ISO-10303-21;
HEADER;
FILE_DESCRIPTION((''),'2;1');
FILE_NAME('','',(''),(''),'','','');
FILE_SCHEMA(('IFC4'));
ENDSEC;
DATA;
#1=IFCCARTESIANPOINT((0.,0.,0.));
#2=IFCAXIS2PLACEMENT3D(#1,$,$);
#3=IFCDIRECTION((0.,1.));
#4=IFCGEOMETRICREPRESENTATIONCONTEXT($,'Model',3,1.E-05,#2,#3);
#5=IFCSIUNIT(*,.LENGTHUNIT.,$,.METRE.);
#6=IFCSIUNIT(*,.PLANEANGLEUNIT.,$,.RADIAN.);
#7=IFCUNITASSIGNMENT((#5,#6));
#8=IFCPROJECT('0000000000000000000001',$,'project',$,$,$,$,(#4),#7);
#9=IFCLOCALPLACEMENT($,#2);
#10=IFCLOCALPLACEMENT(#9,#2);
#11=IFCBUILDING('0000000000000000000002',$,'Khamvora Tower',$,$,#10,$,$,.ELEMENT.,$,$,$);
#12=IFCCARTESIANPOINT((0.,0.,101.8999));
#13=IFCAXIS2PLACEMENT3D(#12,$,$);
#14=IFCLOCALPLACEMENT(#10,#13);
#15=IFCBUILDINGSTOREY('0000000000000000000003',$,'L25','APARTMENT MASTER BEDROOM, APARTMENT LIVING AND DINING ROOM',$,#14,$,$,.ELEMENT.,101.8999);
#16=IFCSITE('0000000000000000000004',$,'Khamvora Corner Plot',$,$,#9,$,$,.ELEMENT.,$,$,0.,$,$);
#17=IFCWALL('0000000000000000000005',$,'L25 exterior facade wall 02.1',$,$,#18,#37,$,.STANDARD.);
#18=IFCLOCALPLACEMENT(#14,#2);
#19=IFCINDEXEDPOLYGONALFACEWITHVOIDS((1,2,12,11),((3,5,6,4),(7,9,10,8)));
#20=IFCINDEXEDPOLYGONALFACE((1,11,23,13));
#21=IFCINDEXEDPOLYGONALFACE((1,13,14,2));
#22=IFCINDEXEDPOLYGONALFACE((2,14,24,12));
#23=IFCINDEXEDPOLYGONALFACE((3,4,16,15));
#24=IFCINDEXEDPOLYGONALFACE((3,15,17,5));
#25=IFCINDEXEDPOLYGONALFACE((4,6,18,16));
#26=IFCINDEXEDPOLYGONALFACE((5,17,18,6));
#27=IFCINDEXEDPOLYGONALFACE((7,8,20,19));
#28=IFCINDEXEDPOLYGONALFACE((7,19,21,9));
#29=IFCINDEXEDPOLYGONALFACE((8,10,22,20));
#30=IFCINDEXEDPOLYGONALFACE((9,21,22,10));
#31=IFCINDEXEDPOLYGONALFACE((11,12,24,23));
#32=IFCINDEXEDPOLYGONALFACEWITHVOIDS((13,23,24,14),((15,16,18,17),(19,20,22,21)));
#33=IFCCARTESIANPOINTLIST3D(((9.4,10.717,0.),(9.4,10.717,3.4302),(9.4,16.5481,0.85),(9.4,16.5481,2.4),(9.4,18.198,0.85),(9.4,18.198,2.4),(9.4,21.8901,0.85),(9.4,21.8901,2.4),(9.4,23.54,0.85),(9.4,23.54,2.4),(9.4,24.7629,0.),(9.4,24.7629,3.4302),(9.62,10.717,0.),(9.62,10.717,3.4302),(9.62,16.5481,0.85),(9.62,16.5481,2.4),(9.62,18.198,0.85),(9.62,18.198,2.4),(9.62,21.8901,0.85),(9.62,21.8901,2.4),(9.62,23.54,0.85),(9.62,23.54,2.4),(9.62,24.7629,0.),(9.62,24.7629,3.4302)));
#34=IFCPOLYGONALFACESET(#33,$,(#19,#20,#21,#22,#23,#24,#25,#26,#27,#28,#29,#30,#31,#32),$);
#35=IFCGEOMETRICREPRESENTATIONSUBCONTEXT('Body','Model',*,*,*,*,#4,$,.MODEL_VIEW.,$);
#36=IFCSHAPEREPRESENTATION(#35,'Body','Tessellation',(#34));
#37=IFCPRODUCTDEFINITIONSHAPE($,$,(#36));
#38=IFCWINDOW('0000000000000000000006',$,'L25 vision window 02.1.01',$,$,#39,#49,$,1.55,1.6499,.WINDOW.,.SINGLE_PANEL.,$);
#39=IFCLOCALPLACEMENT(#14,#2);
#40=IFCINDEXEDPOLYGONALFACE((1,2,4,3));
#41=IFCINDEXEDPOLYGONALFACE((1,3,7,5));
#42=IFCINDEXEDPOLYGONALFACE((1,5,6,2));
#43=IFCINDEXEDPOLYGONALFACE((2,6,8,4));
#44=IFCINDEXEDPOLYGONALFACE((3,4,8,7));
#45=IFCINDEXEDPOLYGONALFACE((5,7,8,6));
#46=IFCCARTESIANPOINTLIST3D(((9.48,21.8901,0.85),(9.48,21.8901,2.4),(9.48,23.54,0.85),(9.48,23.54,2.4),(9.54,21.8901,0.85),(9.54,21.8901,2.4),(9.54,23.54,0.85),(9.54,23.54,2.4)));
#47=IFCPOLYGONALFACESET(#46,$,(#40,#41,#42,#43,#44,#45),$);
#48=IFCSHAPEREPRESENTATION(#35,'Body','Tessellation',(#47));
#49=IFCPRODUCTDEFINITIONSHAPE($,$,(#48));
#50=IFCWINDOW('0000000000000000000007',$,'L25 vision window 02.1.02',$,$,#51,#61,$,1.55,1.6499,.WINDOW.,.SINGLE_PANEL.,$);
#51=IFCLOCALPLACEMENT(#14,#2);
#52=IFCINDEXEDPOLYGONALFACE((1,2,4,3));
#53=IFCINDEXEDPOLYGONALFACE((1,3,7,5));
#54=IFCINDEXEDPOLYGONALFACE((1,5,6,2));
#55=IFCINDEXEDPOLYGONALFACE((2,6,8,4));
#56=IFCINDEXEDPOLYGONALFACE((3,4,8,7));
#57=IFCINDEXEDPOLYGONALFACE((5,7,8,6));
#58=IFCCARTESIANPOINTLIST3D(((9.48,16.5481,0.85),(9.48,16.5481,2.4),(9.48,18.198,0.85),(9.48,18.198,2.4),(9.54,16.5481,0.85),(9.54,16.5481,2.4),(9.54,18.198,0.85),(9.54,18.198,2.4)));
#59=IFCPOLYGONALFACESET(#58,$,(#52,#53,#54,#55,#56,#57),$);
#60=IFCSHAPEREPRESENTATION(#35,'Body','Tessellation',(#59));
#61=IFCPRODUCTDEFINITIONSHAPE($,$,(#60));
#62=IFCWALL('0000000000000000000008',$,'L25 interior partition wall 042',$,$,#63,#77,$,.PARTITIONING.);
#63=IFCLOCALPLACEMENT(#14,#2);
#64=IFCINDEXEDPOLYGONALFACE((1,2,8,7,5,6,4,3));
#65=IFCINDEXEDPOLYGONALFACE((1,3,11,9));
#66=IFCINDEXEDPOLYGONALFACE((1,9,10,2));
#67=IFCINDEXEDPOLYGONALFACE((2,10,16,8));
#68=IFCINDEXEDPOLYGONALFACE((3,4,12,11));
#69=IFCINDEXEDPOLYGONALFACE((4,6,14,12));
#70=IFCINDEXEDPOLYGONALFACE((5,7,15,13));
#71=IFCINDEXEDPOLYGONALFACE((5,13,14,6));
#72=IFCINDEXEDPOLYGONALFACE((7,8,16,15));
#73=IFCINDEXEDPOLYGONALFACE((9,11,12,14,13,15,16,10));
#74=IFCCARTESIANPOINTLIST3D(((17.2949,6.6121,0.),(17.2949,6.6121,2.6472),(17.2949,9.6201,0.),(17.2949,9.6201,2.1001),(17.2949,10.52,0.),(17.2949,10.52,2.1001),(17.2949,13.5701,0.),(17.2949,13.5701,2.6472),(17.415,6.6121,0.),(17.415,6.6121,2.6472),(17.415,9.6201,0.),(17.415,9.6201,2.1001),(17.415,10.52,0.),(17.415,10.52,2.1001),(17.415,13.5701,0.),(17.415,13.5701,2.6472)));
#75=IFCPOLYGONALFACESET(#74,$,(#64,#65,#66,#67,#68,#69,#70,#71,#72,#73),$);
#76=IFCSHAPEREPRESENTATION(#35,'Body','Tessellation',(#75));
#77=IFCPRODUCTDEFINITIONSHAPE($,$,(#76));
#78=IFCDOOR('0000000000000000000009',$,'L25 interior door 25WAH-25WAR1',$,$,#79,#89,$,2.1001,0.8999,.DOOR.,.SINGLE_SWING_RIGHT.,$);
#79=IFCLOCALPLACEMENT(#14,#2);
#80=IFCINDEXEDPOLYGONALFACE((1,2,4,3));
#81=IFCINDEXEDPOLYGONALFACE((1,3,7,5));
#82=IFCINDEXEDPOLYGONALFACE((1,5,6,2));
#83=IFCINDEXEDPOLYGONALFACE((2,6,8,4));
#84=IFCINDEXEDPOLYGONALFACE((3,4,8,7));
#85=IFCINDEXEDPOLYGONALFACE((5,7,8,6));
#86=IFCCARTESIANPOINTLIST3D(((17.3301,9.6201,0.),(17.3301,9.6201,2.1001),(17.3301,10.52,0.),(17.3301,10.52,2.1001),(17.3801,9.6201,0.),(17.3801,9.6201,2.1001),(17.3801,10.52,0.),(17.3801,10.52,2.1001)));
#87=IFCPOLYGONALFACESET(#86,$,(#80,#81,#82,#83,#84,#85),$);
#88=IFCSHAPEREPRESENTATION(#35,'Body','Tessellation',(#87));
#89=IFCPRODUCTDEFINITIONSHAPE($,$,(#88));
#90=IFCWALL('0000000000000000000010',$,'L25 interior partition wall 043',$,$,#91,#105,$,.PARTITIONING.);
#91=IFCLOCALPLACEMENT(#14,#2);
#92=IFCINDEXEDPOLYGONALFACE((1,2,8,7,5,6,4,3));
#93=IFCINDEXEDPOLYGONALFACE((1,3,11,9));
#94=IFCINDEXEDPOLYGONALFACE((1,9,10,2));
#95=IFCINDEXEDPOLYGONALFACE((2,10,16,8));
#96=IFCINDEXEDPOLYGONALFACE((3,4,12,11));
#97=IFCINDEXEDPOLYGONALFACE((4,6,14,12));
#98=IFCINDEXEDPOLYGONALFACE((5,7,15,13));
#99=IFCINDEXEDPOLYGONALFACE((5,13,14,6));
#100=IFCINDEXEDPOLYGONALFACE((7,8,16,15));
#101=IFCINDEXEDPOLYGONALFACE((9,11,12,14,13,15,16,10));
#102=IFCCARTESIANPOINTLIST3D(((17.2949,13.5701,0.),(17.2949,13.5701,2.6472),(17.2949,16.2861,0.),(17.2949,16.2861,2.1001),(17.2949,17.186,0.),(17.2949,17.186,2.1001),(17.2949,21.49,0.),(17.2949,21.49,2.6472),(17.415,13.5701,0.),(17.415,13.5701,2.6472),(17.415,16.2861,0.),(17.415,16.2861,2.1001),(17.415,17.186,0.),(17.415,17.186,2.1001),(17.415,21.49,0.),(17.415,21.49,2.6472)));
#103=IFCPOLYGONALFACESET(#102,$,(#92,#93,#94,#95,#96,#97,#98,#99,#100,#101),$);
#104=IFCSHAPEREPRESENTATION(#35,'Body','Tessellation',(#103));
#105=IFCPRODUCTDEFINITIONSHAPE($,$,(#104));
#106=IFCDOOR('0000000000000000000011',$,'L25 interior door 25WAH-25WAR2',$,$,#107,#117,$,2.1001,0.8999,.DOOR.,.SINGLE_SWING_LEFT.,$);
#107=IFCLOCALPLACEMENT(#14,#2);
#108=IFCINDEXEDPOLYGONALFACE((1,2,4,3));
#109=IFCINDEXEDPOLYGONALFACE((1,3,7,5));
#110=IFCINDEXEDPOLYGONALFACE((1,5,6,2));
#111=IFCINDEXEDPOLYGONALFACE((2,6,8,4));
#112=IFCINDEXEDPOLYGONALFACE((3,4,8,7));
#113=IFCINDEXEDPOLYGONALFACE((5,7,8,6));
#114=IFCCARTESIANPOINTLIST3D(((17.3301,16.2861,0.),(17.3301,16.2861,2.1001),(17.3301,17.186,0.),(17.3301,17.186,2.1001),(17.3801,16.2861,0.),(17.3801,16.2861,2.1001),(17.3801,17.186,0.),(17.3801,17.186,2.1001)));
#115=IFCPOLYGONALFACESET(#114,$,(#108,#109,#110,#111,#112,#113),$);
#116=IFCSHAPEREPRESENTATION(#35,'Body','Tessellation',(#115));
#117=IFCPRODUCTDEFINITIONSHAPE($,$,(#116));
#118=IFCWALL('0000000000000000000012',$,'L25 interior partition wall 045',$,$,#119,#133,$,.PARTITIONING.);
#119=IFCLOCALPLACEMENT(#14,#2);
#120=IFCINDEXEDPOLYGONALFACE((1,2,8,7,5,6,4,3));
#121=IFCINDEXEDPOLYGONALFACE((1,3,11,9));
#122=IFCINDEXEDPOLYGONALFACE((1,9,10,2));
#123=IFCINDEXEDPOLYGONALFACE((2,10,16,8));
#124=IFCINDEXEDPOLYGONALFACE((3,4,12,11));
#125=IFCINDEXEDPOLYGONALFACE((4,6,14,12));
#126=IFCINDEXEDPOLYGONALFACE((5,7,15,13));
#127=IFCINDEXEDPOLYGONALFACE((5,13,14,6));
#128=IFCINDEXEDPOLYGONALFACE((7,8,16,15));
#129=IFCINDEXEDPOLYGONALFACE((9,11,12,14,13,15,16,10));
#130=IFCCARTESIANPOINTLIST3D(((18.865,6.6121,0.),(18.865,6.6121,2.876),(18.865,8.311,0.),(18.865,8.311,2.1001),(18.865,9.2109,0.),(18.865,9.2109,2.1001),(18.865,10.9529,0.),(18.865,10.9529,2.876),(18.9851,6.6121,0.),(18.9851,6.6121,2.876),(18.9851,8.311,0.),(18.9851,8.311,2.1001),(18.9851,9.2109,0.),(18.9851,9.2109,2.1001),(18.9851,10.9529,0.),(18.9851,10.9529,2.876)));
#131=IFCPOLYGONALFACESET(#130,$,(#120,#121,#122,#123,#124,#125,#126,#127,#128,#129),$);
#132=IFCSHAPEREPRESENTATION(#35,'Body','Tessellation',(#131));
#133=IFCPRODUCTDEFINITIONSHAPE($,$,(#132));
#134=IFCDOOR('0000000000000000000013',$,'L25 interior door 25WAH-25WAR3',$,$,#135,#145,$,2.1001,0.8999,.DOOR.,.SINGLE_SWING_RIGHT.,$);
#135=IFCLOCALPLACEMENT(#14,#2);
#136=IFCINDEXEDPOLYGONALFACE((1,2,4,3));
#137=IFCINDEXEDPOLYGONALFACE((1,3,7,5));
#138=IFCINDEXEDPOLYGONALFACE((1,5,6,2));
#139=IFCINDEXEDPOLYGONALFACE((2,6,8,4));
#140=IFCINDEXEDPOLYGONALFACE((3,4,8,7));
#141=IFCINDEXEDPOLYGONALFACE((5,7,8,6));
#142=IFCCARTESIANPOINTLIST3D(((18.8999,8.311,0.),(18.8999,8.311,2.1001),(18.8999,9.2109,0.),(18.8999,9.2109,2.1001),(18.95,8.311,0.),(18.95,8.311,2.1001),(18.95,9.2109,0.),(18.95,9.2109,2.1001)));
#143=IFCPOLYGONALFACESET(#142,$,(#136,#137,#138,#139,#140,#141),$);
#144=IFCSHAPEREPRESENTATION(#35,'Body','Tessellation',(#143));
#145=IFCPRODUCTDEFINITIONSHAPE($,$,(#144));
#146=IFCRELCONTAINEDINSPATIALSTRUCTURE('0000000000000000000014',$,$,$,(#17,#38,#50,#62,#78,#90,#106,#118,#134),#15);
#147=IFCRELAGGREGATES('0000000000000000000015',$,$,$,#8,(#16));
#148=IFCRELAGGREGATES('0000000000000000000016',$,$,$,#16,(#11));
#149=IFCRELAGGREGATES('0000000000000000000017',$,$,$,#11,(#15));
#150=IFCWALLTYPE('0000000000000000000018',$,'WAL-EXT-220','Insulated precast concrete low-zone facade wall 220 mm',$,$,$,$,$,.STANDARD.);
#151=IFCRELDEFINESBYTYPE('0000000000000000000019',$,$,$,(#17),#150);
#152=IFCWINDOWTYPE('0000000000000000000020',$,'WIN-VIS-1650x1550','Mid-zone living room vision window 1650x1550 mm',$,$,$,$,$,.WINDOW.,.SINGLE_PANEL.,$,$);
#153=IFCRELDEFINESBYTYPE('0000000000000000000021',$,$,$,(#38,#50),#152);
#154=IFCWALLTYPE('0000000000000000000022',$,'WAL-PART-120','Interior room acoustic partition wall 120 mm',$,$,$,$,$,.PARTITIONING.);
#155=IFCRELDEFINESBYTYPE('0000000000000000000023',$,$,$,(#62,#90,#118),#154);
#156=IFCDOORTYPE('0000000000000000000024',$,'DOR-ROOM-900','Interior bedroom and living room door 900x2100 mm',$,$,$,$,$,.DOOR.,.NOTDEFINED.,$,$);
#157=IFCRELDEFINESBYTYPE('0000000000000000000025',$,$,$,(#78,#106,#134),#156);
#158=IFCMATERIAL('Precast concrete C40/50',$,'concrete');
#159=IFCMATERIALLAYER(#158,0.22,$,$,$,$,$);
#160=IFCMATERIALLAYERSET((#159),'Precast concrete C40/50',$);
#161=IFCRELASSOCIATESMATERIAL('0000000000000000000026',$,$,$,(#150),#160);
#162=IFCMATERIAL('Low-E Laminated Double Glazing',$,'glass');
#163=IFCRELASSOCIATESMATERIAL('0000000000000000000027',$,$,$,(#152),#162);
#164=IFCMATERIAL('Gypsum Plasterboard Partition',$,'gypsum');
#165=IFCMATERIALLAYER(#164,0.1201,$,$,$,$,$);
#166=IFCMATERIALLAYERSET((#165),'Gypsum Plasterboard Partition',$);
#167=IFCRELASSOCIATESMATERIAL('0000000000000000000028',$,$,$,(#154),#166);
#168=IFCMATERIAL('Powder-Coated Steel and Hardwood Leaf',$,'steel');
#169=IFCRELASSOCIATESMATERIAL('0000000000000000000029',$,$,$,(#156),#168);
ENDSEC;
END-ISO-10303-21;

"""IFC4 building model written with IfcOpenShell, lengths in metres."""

from ifc_helpers import new_model, si_unit, direction, frame, frame_2d, origin, place, context, subcontext, project, spatial, rectangle, extrude, material, layer, layer_set, type_object, element, fill, save


model = new_model("IFC4")

# Units and contexts
model_context = context("Model", 3, precision=1e-05, world=origin(), true_north=direction((0.0, 1.0)))
body_context = subcontext(model_context, "Body", "Model", "MODEL_VIEW")
ifc_project = project(units=[si_unit("LENGTHUNIT", "METRE"), si_unit("PLANEANGLEUNIT", "RADIAN")], contexts=[model_context])

# Site, building, storey
site_placement = place(None, origin())
site = spatial("IfcSite", under=ifc_project, at=site_placement, Name="Khamvora Corner Plot", CompositionType="ELEMENT", RefElevation=0.0)
building_placement = place(site_placement, origin())
building = spatial("IfcBuilding", under=site, at=building_placement, Name="Khamvora Tower", CompositionType="ELEMENT")
storey_placement = place(building_placement, frame((0.0, 0.0, 101.8999)))
storey = spatial("IfcBuildingStorey", under=building, at=storey_placement, Name="L25", Description="APARTMENT MASTER BEDROOM, APARTMENT LIVING AND DINING ROOM", CompositionType="ELEMENT", Elevation=101.8999)

# Shared definitions
ifc_material_1 = material(Name="Precast concrete C40/50", Category="concrete")
ifc_layer_1 = layer(ifc_material_1, 0.22)
ifc_layer_set_1 = layer_set([ifc_layer_1], Name="Precast concrete C40/50")
wall_type_1 = type_object("IfcWallType", Name="WAL-EXT-220", Description="Insulated precast concrete low-zone facade wall 220 mm", PredefinedType="STANDARD", material=ifc_layer_set_1)

# Wall, openings, windows
wall_1_placement = place(storey_placement, frame((9.51, 10.717, 0.0), z_axis=(0.0, 0.0, 1.0), x_axis=(0.0, 1.0, 0.0)))
wall_1 = element("IfcWall", 1, at=wall_1_placement, inside=storey, type_object=wall_type_1, Name="L25 exterior facade wall 02.1", PredefinedType="STANDARD", context=body_context, shape_type="SweptSolid", body=[
    extrude(rectangle(XDim=14.0459, YDim=0.22, at=frame_2d((7.0229, 0.0))), origin(), (0.0, 0.0, 1.0), 3.4302),
])
opening_1_placement = place(wall_1_placement, frame((11.1731, 0.0, 0.8501)))
opening_1 = element("IfcOpeningElement", 2, at=opening_1_placement, cuts=wall_1, PredefinedType="OPENING", context=body_context, shape_type="SweptSolid", body=[
    extrude(rectangle(XDim=1.6499, YDim=1.55, at=frame_2d((0.825, 0.7749))), frame((0.0, 0.1199, 0.0), z_axis=(0.0, -1.0, 0.0), x_axis=(1.0, 0.0, 0.0)), (0.0, 0.0, 1.0), 0.24),
])
opening_2_placement = place(wall_1_placement, frame((5.8311, 0.0, 0.8501)))
opening_2 = element("IfcOpeningElement", 3, at=opening_2_placement, cuts=wall_1, PredefinedType="OPENING", context=body_context, shape_type="SweptSolid", body=[
    extrude(rectangle(XDim=1.6499, YDim=1.55, at=frame_2d((0.825, 0.7749))), frame((0.0, 0.1199, 0.0), z_axis=(0.0, -1.0, 0.0), x_axis=(1.0, 0.0, 0.0)), (0.0, 0.0, 1.0), 0.24),
])
ifc_material_2 = material(Name="Low-E Laminated Double Glazing", Category="glass")
window_type = type_object("IfcWindowType", Name="WIN-VIS-1650x1550", Description="Mid-zone living room vision window 1650x1550 mm", PartitioningType="SINGLE_PANEL", PredefinedType="WINDOW", material=ifc_material_2)
window_1_placement = place(opening_1_placement, origin())
window_1 = element("IfcWindow", 4, at=window_1_placement, inside=storey, type_object=window_type, Name="L25 vision window 02.1.01", OverallHeight=1.55, OverallWidth=1.6499, PartitioningType="SINGLE_PANEL", PredefinedType="WINDOW", context=body_context, shape_type="SweptSolid", body=[
    extrude(rectangle(XDim=1.6499, YDim=1.55, at=frame_2d((0.825, 0.7749))), frame((0.0, 0.03, 0.0), z_axis=(0.0, -1.0, 0.0), x_axis=(1.0, 0.0, 0.0)), (0.0, 0.0, 1.0), 0.0601),
])
fill(opening_1, window_1)
window_2_placement = place(opening_2_placement, origin())
window_2 = element("IfcWindow", 5, at=window_2_placement, inside=storey, type_object=window_type, Name="L25 vision window 02.1.02", OverallHeight=1.55, OverallWidth=1.6499, PartitioningType="SINGLE_PANEL", PredefinedType="WINDOW", context=body_context, shape_type="SweptSolid", body=[
    extrude(rectangle(XDim=1.6499, YDim=1.55, at=frame_2d((0.825, 0.7749))), frame((0.0, 0.03, 0.0), z_axis=(0.0, -1.0, 0.0), x_axis=(1.0, 0.0, 0.0)), (0.0, 0.0, 1.0), 0.0601),
])
fill(opening_2, window_2)

# Walls, openings, doors
ifc_material_3 = material(Name="Gypsum Plasterboard Partition", Category="gypsum")
ifc_layer_2 = layer(ifc_material_3, 0.1201)
ifc_layer_set_2 = layer_set([ifc_layer_2], Name="Gypsum Plasterboard Partition")
wall_type_2 = type_object("IfcWallType", Name="WAL-PART-120", Description="Interior room acoustic partition wall 120 mm", PredefinedType="PARTITIONING", material=ifc_layer_set_2)
wall_2_placement = place(storey_placement, frame((17.355, 6.6121, 0.0), z_axis=(0.0, 0.0, 1.0), x_axis=(0.0, 1.0, 0.0)))
wall_2 = element("IfcWall", 6, at=wall_2_placement, inside=storey, type_object=wall_type_2, Name="L25 interior partition wall 042", PredefinedType="PARTITIONING", context=body_context, shape_type="SweptSolid", body=[
    extrude(rectangle(XDim=6.958, YDim=0.1201, at=frame_2d((3.479, 0.0))), origin(), (0.0, 0.0, 1.0), 2.6472),
])
opening_3_placement = place(wall_2_placement, frame((3.0081, 0.0, 0.0)))
opening_3 = element("IfcOpeningElement", 7, at=opening_3_placement, cuts=wall_2, PredefinedType="OPENING", context=body_context, shape_type="SweptSolid", body=[
    extrude(rectangle(XDim=0.8999, YDim=2.1001, at=frame_2d((0.45, 1.05))), frame((0.0, 0.0701, 0.0), z_axis=(0.0, -1.0, 0.0), x_axis=(1.0, 0.0, 0.0)), (0.0, 0.0, 1.0), 0.1401),
])
ifc_material_4 = material(Name="Powder-Coated Steel and Hardwood Leaf", Category="steel")
door_type = type_object("IfcDoorType", Name="DOR-ROOM-900", Description="Interior bedroom and living room door 900x2100 mm", OperationType="NOTDEFINED", PredefinedType="DOOR", material=ifc_material_4)
door_1_placement = place(opening_3_placement, origin())
door_1 = element("IfcDoor", 8, at=door_1_placement, inside=storey, type_object=door_type, Name="L25 interior door 25WAH-25WAR1", OperationType="SINGLE_SWING_RIGHT", OverallHeight=2.1001, OverallWidth=0.8999, PredefinedType="DOOR", context=body_context, shape_type="SweptSolid", body=[
    extrude(rectangle(XDim=0.8999, YDim=2.1001, at=frame_2d((0.45, 1.05))), frame((0.0, 0.0249, 0.0), z_axis=(0.0, -1.0, 0.0), x_axis=(1.0, 0.0, 0.0)), (0.0, 0.0, 1.0), 0.05),
])
fill(opening_3, door_1)
wall_3_placement = place(storey_placement, frame((17.355, 13.5701, 0.0), z_axis=(0.0, 0.0, 1.0), x_axis=(0.0, 1.0, 0.0)))
wall_3 = element("IfcWall", 9, at=wall_3_placement, inside=storey, type_object=wall_type_2, Name="L25 interior partition wall 043", PredefinedType="PARTITIONING", context=body_context, shape_type="SweptSolid", body=[
    extrude(rectangle(XDim=7.9199, YDim=0.1201, at=frame_2d((3.96, 0.0))), origin(), (0.0, 0.0, 1.0), 2.6472),
])
opening_4_placement = place(wall_3_placement, frame((2.7161, 0.0, 0.0)))
opening_4 = element("IfcOpeningElement", 10, at=opening_4_placement, cuts=wall_3, PredefinedType="OPENING", context=body_context, shape_type="SweptSolid", body=[
    extrude(rectangle(XDim=0.8999, YDim=2.1001, at=frame_2d((0.45, 1.05))), frame((0.0, 0.0701, 0.0), z_axis=(0.0, -1.0, 0.0), x_axis=(1.0, 0.0, 0.0)), (0.0, 0.0, 1.0), 0.1401),
])
door_2_placement = place(opening_4_placement, origin())
door_2 = element("IfcDoor", 11, at=door_2_placement, inside=storey, type_object=door_type, Name="L25 interior door 25WAH-25WAR2", OperationType="SINGLE_SWING_LEFT", OverallHeight=2.1001, OverallWidth=0.8999, PredefinedType="DOOR", context=body_context, shape_type="SweptSolid", body=[
    extrude(rectangle(XDim=0.8999, YDim=2.1001, at=frame_2d((0.45, 1.05))), frame((0.0, 0.0249, 0.0), z_axis=(0.0, -1.0, 0.0), x_axis=(1.0, 0.0, 0.0)), (0.0, 0.0, 1.0), 0.05),
])
fill(opening_4, door_2)
wall_4_placement = place(storey_placement, frame((18.925, 10.9529, 0.0), z_axis=(0.0, 0.0, 1.0), x_axis=(0.0, -1.0, 0.0)))
wall_4 = element("IfcWall", 12, at=wall_4_placement, inside=storey, type_object=wall_type_2, Name="L25 interior partition wall 045", PredefinedType="PARTITIONING", context=body_context, shape_type="SweptSolid", body=[
    extrude(rectangle(XDim=4.3408, YDim=0.1201, at=frame_2d((2.1704, 0.0))), origin(), (0.0, 0.0, 1.0), 2.876),
])
opening_5_placement = place(wall_4_placement, frame((1.7419, 0.0, 0.0)))
opening_5 = element("IfcOpeningElement", 13, at=opening_5_placement, cuts=wall_4, PredefinedType="OPENING", context=body_context, shape_type="SweptSolid", body=[
    extrude(rectangle(XDim=0.8999, YDim=2.1001, at=frame_2d((0.45, 1.05))), frame((0.0, 0.0701, 0.0), z_axis=(0.0, -1.0, 0.0), x_axis=(1.0, 0.0, 0.0)), (0.0, 0.0, 1.0), 0.1401),
])
door_3_placement = place(opening_5_placement, origin())
door_3 = element("IfcDoor", 14, at=door_3_placement, inside=storey, type_object=door_type, Name="L25 interior door 25WAH-25WAR3", OperationType="SINGLE_SWING_RIGHT", OverallHeight=2.1001, OverallWidth=0.8999, PredefinedType="DOOR", context=body_context, shape_type="SweptSolid", body=[
    extrude(rectangle(XDim=0.8999, YDim=2.1001, at=frame_2d((0.45, 1.05))), frame((0.0, 0.0249, 0.0), z_axis=(0.0, -1.0, 0.0), x_axis=(1.0, 0.0, 0.0)), (0.0, 0.0, 1.0), 0.05),
])
fill(opening_5, door_3)

save(model, "model.ifc")
